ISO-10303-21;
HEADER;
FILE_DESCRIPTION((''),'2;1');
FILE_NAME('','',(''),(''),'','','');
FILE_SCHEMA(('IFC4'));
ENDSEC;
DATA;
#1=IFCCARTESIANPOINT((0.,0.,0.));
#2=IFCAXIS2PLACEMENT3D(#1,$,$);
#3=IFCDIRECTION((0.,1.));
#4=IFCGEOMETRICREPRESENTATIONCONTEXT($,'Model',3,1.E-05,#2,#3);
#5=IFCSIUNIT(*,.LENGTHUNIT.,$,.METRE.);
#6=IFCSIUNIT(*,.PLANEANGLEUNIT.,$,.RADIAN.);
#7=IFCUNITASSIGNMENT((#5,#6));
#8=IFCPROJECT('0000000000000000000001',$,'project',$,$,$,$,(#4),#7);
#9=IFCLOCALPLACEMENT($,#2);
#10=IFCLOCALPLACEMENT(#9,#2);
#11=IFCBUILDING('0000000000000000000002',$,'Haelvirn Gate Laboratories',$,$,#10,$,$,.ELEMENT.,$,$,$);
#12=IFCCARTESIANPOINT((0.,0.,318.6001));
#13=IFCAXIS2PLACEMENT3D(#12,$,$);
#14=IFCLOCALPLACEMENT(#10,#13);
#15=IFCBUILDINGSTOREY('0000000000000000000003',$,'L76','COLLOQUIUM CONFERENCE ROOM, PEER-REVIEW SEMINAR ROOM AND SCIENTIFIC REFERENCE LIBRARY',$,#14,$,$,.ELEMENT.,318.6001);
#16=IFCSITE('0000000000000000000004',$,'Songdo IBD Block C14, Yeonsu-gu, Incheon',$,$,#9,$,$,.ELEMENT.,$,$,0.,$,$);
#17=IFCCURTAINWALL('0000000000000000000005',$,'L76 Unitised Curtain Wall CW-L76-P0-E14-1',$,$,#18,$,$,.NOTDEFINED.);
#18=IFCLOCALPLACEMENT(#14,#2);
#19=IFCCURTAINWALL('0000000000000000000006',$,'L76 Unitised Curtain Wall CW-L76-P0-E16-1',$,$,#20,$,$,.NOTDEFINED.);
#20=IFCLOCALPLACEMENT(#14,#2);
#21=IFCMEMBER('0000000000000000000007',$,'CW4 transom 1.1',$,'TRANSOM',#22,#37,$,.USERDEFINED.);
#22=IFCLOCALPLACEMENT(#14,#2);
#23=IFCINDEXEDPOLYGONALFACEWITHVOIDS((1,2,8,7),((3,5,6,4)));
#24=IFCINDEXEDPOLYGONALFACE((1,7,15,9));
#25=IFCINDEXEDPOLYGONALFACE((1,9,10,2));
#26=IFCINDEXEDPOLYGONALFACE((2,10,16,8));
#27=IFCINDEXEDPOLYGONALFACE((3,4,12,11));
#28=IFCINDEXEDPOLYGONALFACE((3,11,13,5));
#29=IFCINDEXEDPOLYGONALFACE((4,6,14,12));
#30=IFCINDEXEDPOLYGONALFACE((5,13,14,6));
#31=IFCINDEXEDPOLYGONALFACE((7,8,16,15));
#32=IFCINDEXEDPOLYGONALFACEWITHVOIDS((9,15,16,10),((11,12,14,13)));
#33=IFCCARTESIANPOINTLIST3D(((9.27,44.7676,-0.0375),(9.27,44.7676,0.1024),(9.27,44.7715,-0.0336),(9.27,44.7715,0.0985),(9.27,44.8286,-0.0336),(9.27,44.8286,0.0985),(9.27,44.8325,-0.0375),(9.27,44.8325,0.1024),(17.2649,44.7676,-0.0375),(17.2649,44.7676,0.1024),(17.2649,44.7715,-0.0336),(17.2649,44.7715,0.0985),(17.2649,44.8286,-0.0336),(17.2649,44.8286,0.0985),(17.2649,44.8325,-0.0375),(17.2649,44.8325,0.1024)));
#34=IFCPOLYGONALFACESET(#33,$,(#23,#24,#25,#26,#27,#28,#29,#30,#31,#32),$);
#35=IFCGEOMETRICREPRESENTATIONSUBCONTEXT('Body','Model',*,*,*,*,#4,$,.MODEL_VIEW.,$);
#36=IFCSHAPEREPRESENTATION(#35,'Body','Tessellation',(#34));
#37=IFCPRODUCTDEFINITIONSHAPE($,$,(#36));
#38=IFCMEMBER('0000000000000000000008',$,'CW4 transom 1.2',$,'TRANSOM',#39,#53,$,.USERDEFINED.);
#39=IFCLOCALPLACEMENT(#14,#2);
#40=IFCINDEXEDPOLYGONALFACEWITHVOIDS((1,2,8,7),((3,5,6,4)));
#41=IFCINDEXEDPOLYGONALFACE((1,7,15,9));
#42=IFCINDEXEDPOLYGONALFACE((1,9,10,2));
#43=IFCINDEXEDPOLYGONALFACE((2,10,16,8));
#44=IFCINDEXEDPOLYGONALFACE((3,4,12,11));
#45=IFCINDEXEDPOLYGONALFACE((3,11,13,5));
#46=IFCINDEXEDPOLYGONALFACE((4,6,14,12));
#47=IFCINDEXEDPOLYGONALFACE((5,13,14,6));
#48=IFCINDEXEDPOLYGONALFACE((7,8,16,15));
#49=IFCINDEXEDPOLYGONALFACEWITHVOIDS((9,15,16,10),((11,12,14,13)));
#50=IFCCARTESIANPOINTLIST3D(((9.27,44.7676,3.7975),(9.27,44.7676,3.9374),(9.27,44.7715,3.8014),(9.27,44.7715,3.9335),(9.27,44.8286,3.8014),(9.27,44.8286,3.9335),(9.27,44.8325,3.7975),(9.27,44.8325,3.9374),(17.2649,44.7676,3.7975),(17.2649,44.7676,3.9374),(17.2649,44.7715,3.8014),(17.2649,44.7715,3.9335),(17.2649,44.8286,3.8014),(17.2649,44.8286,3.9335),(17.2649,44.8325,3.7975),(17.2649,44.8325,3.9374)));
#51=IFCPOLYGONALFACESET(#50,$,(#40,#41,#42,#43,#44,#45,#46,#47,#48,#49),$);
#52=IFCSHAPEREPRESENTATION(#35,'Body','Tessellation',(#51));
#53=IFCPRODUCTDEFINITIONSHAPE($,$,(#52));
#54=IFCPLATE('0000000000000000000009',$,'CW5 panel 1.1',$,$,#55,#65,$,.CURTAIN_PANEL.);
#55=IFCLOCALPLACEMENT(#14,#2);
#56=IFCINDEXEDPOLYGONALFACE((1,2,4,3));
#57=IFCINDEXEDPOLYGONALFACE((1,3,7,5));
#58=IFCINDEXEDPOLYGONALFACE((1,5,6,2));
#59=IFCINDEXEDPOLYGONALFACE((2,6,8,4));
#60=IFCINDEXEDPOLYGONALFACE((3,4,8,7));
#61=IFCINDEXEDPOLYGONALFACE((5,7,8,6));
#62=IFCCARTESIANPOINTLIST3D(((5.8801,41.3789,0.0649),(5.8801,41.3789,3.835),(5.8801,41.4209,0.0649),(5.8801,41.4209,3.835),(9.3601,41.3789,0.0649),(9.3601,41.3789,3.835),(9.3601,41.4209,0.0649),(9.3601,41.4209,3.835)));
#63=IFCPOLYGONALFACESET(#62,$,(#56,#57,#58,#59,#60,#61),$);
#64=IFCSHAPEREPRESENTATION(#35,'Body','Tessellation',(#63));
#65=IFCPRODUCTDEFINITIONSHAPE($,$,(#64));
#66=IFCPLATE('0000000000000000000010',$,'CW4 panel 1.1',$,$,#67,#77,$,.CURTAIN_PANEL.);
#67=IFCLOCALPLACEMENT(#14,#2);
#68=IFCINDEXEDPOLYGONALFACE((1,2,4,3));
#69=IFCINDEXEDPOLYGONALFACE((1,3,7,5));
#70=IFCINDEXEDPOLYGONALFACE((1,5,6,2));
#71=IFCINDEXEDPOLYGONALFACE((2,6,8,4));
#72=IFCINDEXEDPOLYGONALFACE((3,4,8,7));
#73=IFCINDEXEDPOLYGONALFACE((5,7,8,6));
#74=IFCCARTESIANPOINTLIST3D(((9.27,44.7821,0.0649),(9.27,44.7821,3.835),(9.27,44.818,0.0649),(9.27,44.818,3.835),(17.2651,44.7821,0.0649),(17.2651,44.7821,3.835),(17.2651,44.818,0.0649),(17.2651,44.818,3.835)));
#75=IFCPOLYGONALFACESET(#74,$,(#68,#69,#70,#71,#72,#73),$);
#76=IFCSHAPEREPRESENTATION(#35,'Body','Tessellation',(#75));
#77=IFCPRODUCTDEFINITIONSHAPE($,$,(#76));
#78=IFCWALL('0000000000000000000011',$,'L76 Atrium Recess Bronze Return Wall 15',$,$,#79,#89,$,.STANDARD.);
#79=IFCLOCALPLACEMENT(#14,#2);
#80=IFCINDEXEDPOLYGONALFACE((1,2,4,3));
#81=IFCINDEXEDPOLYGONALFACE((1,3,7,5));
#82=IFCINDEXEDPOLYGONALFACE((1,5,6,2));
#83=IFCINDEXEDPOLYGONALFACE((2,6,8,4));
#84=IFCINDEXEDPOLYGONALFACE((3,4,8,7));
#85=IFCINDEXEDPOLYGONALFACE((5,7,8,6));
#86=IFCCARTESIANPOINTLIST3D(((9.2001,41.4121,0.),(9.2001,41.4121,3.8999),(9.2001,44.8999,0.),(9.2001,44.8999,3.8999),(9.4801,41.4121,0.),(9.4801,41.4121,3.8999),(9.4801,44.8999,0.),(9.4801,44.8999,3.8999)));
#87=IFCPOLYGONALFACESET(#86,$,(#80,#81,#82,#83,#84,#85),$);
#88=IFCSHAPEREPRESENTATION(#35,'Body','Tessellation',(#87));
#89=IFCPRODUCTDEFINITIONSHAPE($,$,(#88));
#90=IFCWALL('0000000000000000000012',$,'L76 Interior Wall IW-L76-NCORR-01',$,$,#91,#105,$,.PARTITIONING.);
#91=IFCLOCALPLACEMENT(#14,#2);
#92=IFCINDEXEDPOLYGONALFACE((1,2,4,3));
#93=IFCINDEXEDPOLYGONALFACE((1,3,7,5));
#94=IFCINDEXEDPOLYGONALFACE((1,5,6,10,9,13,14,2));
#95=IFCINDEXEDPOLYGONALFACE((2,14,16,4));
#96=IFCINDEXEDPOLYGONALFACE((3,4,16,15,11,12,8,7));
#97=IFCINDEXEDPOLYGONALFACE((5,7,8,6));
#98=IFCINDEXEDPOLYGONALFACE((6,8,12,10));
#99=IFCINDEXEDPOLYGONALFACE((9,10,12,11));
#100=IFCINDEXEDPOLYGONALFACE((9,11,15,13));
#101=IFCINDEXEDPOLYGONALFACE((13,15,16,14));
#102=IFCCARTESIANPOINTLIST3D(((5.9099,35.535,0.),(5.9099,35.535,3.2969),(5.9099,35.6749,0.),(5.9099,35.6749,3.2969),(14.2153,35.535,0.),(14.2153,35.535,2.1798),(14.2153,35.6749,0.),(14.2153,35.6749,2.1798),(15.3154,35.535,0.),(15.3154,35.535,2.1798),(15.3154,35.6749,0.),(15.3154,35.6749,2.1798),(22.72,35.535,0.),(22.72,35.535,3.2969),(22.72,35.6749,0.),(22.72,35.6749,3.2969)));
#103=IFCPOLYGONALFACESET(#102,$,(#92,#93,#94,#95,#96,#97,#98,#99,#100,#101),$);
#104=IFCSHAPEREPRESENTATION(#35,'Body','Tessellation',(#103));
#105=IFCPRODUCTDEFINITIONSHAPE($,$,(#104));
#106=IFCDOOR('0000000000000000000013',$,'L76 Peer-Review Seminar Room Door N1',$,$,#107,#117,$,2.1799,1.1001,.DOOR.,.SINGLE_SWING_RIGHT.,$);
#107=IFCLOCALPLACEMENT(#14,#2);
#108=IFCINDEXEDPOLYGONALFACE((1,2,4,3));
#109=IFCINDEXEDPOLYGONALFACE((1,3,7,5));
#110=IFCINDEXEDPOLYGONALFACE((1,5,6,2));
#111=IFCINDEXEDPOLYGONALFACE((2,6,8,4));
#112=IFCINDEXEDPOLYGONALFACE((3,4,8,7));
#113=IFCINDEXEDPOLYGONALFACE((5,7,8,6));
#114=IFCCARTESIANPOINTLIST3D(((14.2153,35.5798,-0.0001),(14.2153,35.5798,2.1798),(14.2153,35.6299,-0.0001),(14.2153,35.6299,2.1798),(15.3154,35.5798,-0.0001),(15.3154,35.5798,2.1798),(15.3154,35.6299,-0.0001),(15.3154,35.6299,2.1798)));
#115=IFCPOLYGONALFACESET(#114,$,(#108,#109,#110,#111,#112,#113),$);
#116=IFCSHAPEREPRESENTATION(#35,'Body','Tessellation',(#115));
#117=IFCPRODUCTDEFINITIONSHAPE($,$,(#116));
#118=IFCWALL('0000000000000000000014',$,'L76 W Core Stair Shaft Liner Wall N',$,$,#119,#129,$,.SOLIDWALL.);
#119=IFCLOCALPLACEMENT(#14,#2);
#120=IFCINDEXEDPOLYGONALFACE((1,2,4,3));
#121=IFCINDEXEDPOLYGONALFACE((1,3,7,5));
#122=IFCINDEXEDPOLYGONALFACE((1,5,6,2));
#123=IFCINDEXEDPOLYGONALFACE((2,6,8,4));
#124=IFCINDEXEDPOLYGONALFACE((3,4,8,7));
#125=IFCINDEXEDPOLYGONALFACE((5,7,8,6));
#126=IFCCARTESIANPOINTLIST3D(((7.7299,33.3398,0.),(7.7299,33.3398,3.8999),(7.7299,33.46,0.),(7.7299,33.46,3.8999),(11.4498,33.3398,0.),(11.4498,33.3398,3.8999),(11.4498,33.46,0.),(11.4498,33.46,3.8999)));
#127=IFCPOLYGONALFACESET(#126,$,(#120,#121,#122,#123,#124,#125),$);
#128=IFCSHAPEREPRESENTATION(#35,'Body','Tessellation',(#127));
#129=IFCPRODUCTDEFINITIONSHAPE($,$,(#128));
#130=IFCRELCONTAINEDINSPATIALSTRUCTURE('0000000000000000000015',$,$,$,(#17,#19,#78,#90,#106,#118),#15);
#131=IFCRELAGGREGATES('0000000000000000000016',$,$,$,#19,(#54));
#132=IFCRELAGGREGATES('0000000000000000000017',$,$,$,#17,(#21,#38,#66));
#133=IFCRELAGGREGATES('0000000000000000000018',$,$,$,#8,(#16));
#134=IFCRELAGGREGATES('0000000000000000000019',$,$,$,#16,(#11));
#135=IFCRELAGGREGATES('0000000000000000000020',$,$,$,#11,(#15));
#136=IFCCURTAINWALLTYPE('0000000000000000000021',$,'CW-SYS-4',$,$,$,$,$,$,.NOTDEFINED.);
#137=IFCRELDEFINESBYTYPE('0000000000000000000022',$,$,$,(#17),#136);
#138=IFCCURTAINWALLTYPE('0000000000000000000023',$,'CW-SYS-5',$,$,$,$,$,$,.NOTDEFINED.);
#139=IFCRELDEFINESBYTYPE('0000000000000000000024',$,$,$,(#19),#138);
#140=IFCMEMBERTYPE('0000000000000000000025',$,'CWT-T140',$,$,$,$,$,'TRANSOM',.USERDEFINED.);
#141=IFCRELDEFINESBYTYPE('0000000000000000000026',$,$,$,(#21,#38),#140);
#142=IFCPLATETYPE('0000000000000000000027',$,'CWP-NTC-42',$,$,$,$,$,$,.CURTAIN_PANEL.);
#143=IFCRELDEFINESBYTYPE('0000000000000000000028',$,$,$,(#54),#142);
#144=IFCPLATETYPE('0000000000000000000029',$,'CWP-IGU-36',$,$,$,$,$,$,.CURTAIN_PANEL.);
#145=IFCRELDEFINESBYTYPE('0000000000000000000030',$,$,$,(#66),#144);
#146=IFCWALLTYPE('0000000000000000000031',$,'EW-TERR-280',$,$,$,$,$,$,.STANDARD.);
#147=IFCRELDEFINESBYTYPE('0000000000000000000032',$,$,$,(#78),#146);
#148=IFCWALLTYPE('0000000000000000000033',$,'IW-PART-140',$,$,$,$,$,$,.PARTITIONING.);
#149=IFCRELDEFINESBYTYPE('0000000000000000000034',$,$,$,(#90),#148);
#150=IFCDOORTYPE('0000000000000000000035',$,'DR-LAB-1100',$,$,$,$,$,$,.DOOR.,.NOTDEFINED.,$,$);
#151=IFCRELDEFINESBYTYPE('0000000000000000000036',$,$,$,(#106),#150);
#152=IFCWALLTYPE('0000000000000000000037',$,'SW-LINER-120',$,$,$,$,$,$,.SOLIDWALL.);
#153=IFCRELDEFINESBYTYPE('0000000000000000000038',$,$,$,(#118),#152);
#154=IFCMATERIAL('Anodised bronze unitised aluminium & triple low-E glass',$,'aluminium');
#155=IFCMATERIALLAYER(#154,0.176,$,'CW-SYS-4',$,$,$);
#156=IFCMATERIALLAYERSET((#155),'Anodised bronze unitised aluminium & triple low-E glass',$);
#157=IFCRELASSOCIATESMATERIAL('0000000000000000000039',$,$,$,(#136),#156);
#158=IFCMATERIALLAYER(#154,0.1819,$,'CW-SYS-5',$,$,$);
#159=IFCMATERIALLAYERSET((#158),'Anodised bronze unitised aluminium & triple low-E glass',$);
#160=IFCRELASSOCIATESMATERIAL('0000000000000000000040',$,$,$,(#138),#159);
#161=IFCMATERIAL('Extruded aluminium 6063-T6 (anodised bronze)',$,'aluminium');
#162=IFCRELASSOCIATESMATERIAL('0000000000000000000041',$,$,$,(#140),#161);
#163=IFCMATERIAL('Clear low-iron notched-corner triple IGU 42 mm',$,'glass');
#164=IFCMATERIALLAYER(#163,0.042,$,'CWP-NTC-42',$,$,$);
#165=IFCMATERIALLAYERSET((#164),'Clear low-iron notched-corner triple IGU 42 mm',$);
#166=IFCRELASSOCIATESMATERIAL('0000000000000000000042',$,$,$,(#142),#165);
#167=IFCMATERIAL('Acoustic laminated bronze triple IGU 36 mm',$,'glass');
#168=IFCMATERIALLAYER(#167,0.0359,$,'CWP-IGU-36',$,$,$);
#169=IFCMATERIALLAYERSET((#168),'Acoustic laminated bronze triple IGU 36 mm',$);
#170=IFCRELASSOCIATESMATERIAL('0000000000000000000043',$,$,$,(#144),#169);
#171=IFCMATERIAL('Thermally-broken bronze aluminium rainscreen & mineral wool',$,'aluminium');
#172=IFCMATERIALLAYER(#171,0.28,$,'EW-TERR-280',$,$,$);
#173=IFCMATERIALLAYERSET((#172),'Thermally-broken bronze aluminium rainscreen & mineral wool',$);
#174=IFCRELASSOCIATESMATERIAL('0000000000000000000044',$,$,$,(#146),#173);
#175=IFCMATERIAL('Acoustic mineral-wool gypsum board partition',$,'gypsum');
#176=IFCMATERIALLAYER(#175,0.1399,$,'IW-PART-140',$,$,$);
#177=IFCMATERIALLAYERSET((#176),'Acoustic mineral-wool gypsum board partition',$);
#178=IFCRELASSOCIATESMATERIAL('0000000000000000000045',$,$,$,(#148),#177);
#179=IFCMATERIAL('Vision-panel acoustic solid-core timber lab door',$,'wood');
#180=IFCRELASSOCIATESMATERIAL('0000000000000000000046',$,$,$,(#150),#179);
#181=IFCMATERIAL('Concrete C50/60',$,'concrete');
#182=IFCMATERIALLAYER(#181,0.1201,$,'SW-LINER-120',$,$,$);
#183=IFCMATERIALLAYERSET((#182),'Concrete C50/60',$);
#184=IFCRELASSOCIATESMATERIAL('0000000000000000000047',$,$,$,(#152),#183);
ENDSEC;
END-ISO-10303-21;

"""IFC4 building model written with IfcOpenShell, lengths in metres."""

from ifc_helpers import new_model, si_unit, direction, frame, frame_2d, origin, origin_2d, place, context, subcontext, project, spatial, rectangle, hollow_rectangle, extrude, source, transform, mapped, material, layer, layer_set, material_profile, profile_set, type_object, type_shapes, element, fill, aggregate, save


model = new_model("IFC4")

# Units and contexts
model_context = context("Model", 3, precision=1e-05, world=origin(), true_north=direction((0.0, 1.0)))
body_context = subcontext(model_context, "Body", "Model", "MODEL_VIEW")
ifc_project = project(units=[si_unit("LENGTHUNIT", "METRE"), si_unit("PLANEANGLEUNIT", "RADIAN")], contexts=[model_context])

# Site, building, storey
site_placement = place(None, origin())
site = spatial("IfcSite", under=ifc_project, at=site_placement, Name="Songdo IBD Block C14, Yeonsu-gu, Incheon", CompositionType="ELEMENT", RefElevation=0.0)
building_placement = place(site_placement, origin())
building = spatial("IfcBuilding", under=site, at=building_placement, Name="Haelvirn Gate Laboratories", CompositionType="ELEMENT")
storey_placement = place(building_placement, frame((0.0, 0.0, 318.6001)))
storey = spatial("IfcBuildingStorey", under=building, at=storey_placement, Name="L76", Description="COLLOQUIUM CONFERENCE ROOM, PEER-REVIEW SEMINAR ROOM AND SCIENTIFIC REFERENCE LIBRARY", CompositionType="ELEMENT", Elevation=318.6001)

# Shared definitions
ifc_material_1 = material(Name="Concrete C50/60", Category="concrete")

# Curtain wall
ifc_material_2 = material(Name="Anodised bronze unitised aluminium & triple low-E glass", Category="aluminium")
ifc_layer_1 = layer(ifc_material_2, 0.176, Name="CW-SYS-4")
ifc_layer_set_1 = layer_set([ifc_layer_1], Name="Anodised bronze unitised aluminium & triple low-E glass")
curtain_wall_type_1 = type_object("IfcCurtainWallType", Name="CW-SYS-4", PredefinedType="NOTDEFINED", material=ifc_layer_set_1)
curtain_wall_1_placement = place(storey_placement, origin())
curtain_wall_1 = element("IfcCurtainWall", 1, at=curtain_wall_1_placement, inside=storey, type_object=curtain_wall_type_1, Name="L76 Unitised Curtain Wall CW-L76-P0-E14-1", PredefinedType="NOTDEFINED")
ifc_material_3 = material(Name="Extruded aluminium 6063-T6 (anodised bronze)", Category="aluminium")

# Curtain wall
ifc_layer_2 = layer(ifc_material_2, 0.1819, Name="CW-SYS-5")
ifc_layer_set_2 = layer_set([ifc_layer_2], Name="Anodised bronze unitised aluminium & triple low-E glass")
curtain_wall_type_2 = type_object("IfcCurtainWallType", Name="CW-SYS-5", PredefinedType="NOTDEFINED", material=ifc_layer_set_2)
curtain_wall_2_placement = place(storey_placement, origin())
curtain_wall_2 = element("IfcCurtainWall", 2, at=curtain_wall_2_placement, inside=storey, type_object=curtain_wall_type_2, Name="L76 Unitised Curtain Wall CW-L76-P0-E16-1", PredefinedType="NOTDEFINED")

# Members
ifc_material_profile_1 = material_profile(ifc_material_3, hollow_rectangle(XDim=0.0649, YDim=0.1399, WallThickness=0.0039, at=origin_2d()), Name="CWT-140x65x4")
ifc_profile_set_1 = profile_set([ifc_material_profile_1], Name="Extruded aluminium 6063-T6 (anodised bronze)")
member_type_1 = type_object("IfcMemberType", Name="CWT-T140", ElementType="TRANSOM", PredefinedType="USERDEFINED", material=ifc_profile_set_1)
shared_shape_1 = source(origin(), body_context, "Body", "SweptSolid", [
    extrude(hollow_rectangle(XDim=0.0649, YDim=0.1399, WallThickness=0.0039, at=origin_2d()), origin(), (0.0, 0.0, 1.0), 7.9949),
])
member_1_placement = place(storey_placement, frame((9.27, 44.8, 0.0325), z_axis=(1.0, 0.0, 0.0), x_axis=(0.0, 1.0, 0.0)))
member_1 = element("IfcMember", 3, at=member_1_placement, type_object=member_type_1, Name="CW4 transom 1.1", ObjectType="TRANSOM", PredefinedType="USERDEFINED", context=body_context, shape_type="MappedRepresentation", body=[
    mapped(shared_shape_1, transform((0.0, 0.0, 0.0), scale=1.0)),
])
member_2_placement = place(storey_placement, frame((9.27, 44.8, 3.8674), z_axis=(1.0, 0.0, 0.0), x_axis=(0.0, 1.0, 0.0)))
member_2 = element("IfcMember", 4, at=member_2_placement, type_object=member_type_1, Name="CW4 transom 1.2", ObjectType="TRANSOM", PredefinedType="USERDEFINED", context=body_context, shape_type="MappedRepresentation", body=[
    mapped(shared_shape_1, transform((0.0, 0.0, 0.0), scale=1.0)),
])

# Plates
ifc_material_4 = material(Name="Clear low-iron notched-corner triple IGU 42 mm", Category="glass")
ifc_layer_3 = layer(ifc_material_4, 0.042, Name="CWP-NTC-42")
ifc_layer_set_3 = layer_set([ifc_layer_3], Name="Clear low-iron notched-corner triple IGU 42 mm")
plate_type_1 = type_object("IfcPlateType", Name="CWP-NTC-42", PredefinedType="CURTAIN_PANEL", material=ifc_layer_set_3)
shared_shape_2 = source(origin(), body_context, "Body", "SweptSolid", [
    extrude(rectangle(XDim=3.48, YDim=0.042, at=origin_2d()), origin(), (0.0, 0.0, 1.0), 3.77),
])
type_shapes(plate_type_1, [shared_shape_2])
plate_1_placement = place(storey_placement, frame((7.6201, 41.3999, 0.0649), z_axis=(0.0, 0.0, 1.0), x_axis=(1.0, 0.0, 0.0)))
plate_1 = element("IfcPlate", 5, at=plate_1_placement, type_object=plate_type_1, Name="CW5 panel 1.1", PredefinedType="CURTAIN_PANEL", context=body_context, shape_type="MappedRepresentation", body=[
    mapped(shared_shape_2, transform((0.0, 0.0, 0.0), scale=1.0)),
])
aggregate(curtain_wall_2, [plate_1])
ifc_material_5 = material(Name="Acoustic laminated bronze triple IGU 36 mm", Category="glass")
ifc_layer_4 = layer(ifc_material_5, 0.0359, Name="CWP-IGU-36")
ifc_layer_set_4 = layer_set([ifc_layer_4], Name="Acoustic laminated bronze triple IGU 36 mm")
plate_type_2 = type_object("IfcPlateType", Name="CWP-IGU-36", PredefinedType="CURTAIN_PANEL", material=ifc_layer_set_4)
shared_shape_3 = source(origin(), body_context, "Body", "SweptSolid", [
    extrude(rectangle(XDim=7.9951, YDim=0.0359, at=origin_2d()), origin(), (0.0, 0.0, 1.0), 3.77),
])
type_shapes(plate_type_2, [shared_shape_3])
plate_2_placement = place(storey_placement, frame((13.2676, 44.8, 0.0649), z_axis=(0.0, 0.0, 1.0), x_axis=(1.0, 0.0, 0.0)))
plate_2 = element("IfcPlate", 6, at=plate_2_placement, type_object=plate_type_2, Name="CW4 panel 1.1", PredefinedType="CURTAIN_PANEL", context=body_context, shape_type="MappedRepresentation", body=[
    mapped(shared_shape_3, transform((0.0, 0.0, 0.0), scale=1.0)),
])
aggregate(curtain_wall_1, [member_1, member_2, plate_2])

# Wall
ifc_material_6 = material(Name="Thermally-broken bronze aluminium rainscreen & mineral wool", Category="aluminium")
ifc_layer_5 = layer(ifc_material_6, 0.28, Name="EW-TERR-280")
ifc_layer_set_5 = layer_set([ifc_layer_5], Name="Thermally-broken bronze aluminium rainscreen & mineral wool")
wall_type_1 = type_object("IfcWallType", Name="EW-TERR-280", PredefinedType="STANDARD", material=ifc_layer_set_5)
wall_1_placement = place(storey_placement, frame((9.3401, 44.8999, 0.0), z_axis=(0.0, 0.0, 1.0), x_axis=(0.0, -1.0, 0.0)))
element("IfcWall", 7, at=wall_1_placement, inside=storey, type_object=wall_type_1, Name="L76 Atrium Recess Bronze Return Wall 15", PredefinedType="STANDARD", context=body_context, shape_type="SweptSolid", body=[
    extrude(rectangle(XDim=3.4878, YDim=0.28, at=frame_2d((1.7439, 0.0))), origin(), (0.0, 0.0, 1.0), 3.8999),
])

# Wall, opening, door
ifc_material_7 = material(Name="Acoustic mineral-wool gypsum board partition", Category="gypsum")
ifc_layer_6 = layer(ifc_material_7, 0.1399, Name="IW-PART-140")
ifc_layer_set_6 = layer_set([ifc_layer_6], Name="Acoustic mineral-wool gypsum board partition")
wall_type_2 = type_object("IfcWallType", Name="IW-PART-140", PredefinedType="PARTITIONING", material=ifc_layer_set_6)
wall_2_placement = place(storey_placement, frame((5.9099, 35.605, 0.0), z_axis=(0.0, 0.0, 1.0), x_axis=(1.0, 0.0, 0.0)))
wall_2 = element("IfcWall", 8, at=wall_2_placement, inside=storey, type_object=wall_type_2, Name="L76 Interior Wall IW-L76-NCORR-01", PredefinedType="PARTITIONING", context=body_context, shape_type="SweptSolid", body=[
    extrude(rectangle(XDim=16.8101, YDim=0.1399, at=frame_2d((8.405, 0.0))), origin(), (0.0, 0.0, 1.0), 3.2969),
])
opening_1_placement = place(wall_2_placement, frame((8.3054, 0.0, 0.0)))
opening_1 = element("IfcOpeningElement", 9, at=opening_1_placement, cuts=wall_2, PredefinedType="OPENING", context=body_context, shape_type="SweptSolid", body=[
    extrude(rectangle(XDim=1.1001, YDim=2.1799, at=frame_2d((0.55, 1.0898))), frame((0.0, 0.0801, 0.0), z_axis=(0.0, -1.0, 0.0), x_axis=(1.0, 0.0, 0.0)), (0.0, 0.0, 1.0), 0.1599),
])
ifc_material_8 = material(Name="Vision-panel acoustic solid-core timber lab door", Category="wood")
door_type_1 = type_object("IfcDoorType", Name="DR-LAB-1100", OperationType="NOTDEFINED", PredefinedType="DOOR", material=ifc_material_8)
shared_shape_4 = source(origin(), body_context, "Body", "SweptSolid", [
    extrude(rectangle(XDim=1.1001, YDim=2.1799, at=frame_2d((0.55, 1.0898))), frame((0.0, 0.0249, 0.0), z_axis=(0.0, -1.0, 0.0), x_axis=(1.0, 0.0, 0.0)), (0.0, 0.0, 1.0), 0.05),
])
type_shapes(door_type_1, [shared_shape_4])
door_1_placement = place(opening_1_placement, origin())
door_1 = element("IfcDoor", 10, at=door_1_placement, inside=storey, type_object=door_type_1, Name="L76 Peer-Review Seminar Room Door N1", OperationType="SINGLE_SWING_RIGHT", OverallHeight=2.1799, OverallWidth=1.1001, PredefinedType="DOOR", context=body_context, shape_type="MappedRepresentation", body=[
    mapped(shared_shape_4, transform((0.0, 0.0, 0.0), scale=1.0)),
])
fill(opening_1, door_1)

# Wall
ifc_layer_7 = layer(ifc_material_1, 0.1201, Name="SW-LINER-120")
ifc_layer_set_7 = layer_set([ifc_layer_7], Name="Concrete C50/60")
wall_type_3 = type_object("IfcWallType", Name="SW-LINER-120", PredefinedType="SOLIDWALL", material=ifc_layer_set_7)
wall_3_placement = place(storey_placement, frame((7.73, 33.3999, 0.0), z_axis=(0.0, 0.0, 1.0), x_axis=(1.0, 0.0, 0.0)))
element("IfcWall", 11, at=wall_3_placement, inside=storey, type_object=wall_type_3, Name="L76 W Core Stair Shaft Liner Wall N", PredefinedType="SOLIDWALL", context=body_context, shape_type="SweptSolid", body=[
    extrude(rectangle(XDim=3.72, YDim=0.1201, at=frame_2d((1.8599, 0.0))), origin(), (0.0, 0.0, 1.0), 3.8999),
])

save(model, "model.ifc")
